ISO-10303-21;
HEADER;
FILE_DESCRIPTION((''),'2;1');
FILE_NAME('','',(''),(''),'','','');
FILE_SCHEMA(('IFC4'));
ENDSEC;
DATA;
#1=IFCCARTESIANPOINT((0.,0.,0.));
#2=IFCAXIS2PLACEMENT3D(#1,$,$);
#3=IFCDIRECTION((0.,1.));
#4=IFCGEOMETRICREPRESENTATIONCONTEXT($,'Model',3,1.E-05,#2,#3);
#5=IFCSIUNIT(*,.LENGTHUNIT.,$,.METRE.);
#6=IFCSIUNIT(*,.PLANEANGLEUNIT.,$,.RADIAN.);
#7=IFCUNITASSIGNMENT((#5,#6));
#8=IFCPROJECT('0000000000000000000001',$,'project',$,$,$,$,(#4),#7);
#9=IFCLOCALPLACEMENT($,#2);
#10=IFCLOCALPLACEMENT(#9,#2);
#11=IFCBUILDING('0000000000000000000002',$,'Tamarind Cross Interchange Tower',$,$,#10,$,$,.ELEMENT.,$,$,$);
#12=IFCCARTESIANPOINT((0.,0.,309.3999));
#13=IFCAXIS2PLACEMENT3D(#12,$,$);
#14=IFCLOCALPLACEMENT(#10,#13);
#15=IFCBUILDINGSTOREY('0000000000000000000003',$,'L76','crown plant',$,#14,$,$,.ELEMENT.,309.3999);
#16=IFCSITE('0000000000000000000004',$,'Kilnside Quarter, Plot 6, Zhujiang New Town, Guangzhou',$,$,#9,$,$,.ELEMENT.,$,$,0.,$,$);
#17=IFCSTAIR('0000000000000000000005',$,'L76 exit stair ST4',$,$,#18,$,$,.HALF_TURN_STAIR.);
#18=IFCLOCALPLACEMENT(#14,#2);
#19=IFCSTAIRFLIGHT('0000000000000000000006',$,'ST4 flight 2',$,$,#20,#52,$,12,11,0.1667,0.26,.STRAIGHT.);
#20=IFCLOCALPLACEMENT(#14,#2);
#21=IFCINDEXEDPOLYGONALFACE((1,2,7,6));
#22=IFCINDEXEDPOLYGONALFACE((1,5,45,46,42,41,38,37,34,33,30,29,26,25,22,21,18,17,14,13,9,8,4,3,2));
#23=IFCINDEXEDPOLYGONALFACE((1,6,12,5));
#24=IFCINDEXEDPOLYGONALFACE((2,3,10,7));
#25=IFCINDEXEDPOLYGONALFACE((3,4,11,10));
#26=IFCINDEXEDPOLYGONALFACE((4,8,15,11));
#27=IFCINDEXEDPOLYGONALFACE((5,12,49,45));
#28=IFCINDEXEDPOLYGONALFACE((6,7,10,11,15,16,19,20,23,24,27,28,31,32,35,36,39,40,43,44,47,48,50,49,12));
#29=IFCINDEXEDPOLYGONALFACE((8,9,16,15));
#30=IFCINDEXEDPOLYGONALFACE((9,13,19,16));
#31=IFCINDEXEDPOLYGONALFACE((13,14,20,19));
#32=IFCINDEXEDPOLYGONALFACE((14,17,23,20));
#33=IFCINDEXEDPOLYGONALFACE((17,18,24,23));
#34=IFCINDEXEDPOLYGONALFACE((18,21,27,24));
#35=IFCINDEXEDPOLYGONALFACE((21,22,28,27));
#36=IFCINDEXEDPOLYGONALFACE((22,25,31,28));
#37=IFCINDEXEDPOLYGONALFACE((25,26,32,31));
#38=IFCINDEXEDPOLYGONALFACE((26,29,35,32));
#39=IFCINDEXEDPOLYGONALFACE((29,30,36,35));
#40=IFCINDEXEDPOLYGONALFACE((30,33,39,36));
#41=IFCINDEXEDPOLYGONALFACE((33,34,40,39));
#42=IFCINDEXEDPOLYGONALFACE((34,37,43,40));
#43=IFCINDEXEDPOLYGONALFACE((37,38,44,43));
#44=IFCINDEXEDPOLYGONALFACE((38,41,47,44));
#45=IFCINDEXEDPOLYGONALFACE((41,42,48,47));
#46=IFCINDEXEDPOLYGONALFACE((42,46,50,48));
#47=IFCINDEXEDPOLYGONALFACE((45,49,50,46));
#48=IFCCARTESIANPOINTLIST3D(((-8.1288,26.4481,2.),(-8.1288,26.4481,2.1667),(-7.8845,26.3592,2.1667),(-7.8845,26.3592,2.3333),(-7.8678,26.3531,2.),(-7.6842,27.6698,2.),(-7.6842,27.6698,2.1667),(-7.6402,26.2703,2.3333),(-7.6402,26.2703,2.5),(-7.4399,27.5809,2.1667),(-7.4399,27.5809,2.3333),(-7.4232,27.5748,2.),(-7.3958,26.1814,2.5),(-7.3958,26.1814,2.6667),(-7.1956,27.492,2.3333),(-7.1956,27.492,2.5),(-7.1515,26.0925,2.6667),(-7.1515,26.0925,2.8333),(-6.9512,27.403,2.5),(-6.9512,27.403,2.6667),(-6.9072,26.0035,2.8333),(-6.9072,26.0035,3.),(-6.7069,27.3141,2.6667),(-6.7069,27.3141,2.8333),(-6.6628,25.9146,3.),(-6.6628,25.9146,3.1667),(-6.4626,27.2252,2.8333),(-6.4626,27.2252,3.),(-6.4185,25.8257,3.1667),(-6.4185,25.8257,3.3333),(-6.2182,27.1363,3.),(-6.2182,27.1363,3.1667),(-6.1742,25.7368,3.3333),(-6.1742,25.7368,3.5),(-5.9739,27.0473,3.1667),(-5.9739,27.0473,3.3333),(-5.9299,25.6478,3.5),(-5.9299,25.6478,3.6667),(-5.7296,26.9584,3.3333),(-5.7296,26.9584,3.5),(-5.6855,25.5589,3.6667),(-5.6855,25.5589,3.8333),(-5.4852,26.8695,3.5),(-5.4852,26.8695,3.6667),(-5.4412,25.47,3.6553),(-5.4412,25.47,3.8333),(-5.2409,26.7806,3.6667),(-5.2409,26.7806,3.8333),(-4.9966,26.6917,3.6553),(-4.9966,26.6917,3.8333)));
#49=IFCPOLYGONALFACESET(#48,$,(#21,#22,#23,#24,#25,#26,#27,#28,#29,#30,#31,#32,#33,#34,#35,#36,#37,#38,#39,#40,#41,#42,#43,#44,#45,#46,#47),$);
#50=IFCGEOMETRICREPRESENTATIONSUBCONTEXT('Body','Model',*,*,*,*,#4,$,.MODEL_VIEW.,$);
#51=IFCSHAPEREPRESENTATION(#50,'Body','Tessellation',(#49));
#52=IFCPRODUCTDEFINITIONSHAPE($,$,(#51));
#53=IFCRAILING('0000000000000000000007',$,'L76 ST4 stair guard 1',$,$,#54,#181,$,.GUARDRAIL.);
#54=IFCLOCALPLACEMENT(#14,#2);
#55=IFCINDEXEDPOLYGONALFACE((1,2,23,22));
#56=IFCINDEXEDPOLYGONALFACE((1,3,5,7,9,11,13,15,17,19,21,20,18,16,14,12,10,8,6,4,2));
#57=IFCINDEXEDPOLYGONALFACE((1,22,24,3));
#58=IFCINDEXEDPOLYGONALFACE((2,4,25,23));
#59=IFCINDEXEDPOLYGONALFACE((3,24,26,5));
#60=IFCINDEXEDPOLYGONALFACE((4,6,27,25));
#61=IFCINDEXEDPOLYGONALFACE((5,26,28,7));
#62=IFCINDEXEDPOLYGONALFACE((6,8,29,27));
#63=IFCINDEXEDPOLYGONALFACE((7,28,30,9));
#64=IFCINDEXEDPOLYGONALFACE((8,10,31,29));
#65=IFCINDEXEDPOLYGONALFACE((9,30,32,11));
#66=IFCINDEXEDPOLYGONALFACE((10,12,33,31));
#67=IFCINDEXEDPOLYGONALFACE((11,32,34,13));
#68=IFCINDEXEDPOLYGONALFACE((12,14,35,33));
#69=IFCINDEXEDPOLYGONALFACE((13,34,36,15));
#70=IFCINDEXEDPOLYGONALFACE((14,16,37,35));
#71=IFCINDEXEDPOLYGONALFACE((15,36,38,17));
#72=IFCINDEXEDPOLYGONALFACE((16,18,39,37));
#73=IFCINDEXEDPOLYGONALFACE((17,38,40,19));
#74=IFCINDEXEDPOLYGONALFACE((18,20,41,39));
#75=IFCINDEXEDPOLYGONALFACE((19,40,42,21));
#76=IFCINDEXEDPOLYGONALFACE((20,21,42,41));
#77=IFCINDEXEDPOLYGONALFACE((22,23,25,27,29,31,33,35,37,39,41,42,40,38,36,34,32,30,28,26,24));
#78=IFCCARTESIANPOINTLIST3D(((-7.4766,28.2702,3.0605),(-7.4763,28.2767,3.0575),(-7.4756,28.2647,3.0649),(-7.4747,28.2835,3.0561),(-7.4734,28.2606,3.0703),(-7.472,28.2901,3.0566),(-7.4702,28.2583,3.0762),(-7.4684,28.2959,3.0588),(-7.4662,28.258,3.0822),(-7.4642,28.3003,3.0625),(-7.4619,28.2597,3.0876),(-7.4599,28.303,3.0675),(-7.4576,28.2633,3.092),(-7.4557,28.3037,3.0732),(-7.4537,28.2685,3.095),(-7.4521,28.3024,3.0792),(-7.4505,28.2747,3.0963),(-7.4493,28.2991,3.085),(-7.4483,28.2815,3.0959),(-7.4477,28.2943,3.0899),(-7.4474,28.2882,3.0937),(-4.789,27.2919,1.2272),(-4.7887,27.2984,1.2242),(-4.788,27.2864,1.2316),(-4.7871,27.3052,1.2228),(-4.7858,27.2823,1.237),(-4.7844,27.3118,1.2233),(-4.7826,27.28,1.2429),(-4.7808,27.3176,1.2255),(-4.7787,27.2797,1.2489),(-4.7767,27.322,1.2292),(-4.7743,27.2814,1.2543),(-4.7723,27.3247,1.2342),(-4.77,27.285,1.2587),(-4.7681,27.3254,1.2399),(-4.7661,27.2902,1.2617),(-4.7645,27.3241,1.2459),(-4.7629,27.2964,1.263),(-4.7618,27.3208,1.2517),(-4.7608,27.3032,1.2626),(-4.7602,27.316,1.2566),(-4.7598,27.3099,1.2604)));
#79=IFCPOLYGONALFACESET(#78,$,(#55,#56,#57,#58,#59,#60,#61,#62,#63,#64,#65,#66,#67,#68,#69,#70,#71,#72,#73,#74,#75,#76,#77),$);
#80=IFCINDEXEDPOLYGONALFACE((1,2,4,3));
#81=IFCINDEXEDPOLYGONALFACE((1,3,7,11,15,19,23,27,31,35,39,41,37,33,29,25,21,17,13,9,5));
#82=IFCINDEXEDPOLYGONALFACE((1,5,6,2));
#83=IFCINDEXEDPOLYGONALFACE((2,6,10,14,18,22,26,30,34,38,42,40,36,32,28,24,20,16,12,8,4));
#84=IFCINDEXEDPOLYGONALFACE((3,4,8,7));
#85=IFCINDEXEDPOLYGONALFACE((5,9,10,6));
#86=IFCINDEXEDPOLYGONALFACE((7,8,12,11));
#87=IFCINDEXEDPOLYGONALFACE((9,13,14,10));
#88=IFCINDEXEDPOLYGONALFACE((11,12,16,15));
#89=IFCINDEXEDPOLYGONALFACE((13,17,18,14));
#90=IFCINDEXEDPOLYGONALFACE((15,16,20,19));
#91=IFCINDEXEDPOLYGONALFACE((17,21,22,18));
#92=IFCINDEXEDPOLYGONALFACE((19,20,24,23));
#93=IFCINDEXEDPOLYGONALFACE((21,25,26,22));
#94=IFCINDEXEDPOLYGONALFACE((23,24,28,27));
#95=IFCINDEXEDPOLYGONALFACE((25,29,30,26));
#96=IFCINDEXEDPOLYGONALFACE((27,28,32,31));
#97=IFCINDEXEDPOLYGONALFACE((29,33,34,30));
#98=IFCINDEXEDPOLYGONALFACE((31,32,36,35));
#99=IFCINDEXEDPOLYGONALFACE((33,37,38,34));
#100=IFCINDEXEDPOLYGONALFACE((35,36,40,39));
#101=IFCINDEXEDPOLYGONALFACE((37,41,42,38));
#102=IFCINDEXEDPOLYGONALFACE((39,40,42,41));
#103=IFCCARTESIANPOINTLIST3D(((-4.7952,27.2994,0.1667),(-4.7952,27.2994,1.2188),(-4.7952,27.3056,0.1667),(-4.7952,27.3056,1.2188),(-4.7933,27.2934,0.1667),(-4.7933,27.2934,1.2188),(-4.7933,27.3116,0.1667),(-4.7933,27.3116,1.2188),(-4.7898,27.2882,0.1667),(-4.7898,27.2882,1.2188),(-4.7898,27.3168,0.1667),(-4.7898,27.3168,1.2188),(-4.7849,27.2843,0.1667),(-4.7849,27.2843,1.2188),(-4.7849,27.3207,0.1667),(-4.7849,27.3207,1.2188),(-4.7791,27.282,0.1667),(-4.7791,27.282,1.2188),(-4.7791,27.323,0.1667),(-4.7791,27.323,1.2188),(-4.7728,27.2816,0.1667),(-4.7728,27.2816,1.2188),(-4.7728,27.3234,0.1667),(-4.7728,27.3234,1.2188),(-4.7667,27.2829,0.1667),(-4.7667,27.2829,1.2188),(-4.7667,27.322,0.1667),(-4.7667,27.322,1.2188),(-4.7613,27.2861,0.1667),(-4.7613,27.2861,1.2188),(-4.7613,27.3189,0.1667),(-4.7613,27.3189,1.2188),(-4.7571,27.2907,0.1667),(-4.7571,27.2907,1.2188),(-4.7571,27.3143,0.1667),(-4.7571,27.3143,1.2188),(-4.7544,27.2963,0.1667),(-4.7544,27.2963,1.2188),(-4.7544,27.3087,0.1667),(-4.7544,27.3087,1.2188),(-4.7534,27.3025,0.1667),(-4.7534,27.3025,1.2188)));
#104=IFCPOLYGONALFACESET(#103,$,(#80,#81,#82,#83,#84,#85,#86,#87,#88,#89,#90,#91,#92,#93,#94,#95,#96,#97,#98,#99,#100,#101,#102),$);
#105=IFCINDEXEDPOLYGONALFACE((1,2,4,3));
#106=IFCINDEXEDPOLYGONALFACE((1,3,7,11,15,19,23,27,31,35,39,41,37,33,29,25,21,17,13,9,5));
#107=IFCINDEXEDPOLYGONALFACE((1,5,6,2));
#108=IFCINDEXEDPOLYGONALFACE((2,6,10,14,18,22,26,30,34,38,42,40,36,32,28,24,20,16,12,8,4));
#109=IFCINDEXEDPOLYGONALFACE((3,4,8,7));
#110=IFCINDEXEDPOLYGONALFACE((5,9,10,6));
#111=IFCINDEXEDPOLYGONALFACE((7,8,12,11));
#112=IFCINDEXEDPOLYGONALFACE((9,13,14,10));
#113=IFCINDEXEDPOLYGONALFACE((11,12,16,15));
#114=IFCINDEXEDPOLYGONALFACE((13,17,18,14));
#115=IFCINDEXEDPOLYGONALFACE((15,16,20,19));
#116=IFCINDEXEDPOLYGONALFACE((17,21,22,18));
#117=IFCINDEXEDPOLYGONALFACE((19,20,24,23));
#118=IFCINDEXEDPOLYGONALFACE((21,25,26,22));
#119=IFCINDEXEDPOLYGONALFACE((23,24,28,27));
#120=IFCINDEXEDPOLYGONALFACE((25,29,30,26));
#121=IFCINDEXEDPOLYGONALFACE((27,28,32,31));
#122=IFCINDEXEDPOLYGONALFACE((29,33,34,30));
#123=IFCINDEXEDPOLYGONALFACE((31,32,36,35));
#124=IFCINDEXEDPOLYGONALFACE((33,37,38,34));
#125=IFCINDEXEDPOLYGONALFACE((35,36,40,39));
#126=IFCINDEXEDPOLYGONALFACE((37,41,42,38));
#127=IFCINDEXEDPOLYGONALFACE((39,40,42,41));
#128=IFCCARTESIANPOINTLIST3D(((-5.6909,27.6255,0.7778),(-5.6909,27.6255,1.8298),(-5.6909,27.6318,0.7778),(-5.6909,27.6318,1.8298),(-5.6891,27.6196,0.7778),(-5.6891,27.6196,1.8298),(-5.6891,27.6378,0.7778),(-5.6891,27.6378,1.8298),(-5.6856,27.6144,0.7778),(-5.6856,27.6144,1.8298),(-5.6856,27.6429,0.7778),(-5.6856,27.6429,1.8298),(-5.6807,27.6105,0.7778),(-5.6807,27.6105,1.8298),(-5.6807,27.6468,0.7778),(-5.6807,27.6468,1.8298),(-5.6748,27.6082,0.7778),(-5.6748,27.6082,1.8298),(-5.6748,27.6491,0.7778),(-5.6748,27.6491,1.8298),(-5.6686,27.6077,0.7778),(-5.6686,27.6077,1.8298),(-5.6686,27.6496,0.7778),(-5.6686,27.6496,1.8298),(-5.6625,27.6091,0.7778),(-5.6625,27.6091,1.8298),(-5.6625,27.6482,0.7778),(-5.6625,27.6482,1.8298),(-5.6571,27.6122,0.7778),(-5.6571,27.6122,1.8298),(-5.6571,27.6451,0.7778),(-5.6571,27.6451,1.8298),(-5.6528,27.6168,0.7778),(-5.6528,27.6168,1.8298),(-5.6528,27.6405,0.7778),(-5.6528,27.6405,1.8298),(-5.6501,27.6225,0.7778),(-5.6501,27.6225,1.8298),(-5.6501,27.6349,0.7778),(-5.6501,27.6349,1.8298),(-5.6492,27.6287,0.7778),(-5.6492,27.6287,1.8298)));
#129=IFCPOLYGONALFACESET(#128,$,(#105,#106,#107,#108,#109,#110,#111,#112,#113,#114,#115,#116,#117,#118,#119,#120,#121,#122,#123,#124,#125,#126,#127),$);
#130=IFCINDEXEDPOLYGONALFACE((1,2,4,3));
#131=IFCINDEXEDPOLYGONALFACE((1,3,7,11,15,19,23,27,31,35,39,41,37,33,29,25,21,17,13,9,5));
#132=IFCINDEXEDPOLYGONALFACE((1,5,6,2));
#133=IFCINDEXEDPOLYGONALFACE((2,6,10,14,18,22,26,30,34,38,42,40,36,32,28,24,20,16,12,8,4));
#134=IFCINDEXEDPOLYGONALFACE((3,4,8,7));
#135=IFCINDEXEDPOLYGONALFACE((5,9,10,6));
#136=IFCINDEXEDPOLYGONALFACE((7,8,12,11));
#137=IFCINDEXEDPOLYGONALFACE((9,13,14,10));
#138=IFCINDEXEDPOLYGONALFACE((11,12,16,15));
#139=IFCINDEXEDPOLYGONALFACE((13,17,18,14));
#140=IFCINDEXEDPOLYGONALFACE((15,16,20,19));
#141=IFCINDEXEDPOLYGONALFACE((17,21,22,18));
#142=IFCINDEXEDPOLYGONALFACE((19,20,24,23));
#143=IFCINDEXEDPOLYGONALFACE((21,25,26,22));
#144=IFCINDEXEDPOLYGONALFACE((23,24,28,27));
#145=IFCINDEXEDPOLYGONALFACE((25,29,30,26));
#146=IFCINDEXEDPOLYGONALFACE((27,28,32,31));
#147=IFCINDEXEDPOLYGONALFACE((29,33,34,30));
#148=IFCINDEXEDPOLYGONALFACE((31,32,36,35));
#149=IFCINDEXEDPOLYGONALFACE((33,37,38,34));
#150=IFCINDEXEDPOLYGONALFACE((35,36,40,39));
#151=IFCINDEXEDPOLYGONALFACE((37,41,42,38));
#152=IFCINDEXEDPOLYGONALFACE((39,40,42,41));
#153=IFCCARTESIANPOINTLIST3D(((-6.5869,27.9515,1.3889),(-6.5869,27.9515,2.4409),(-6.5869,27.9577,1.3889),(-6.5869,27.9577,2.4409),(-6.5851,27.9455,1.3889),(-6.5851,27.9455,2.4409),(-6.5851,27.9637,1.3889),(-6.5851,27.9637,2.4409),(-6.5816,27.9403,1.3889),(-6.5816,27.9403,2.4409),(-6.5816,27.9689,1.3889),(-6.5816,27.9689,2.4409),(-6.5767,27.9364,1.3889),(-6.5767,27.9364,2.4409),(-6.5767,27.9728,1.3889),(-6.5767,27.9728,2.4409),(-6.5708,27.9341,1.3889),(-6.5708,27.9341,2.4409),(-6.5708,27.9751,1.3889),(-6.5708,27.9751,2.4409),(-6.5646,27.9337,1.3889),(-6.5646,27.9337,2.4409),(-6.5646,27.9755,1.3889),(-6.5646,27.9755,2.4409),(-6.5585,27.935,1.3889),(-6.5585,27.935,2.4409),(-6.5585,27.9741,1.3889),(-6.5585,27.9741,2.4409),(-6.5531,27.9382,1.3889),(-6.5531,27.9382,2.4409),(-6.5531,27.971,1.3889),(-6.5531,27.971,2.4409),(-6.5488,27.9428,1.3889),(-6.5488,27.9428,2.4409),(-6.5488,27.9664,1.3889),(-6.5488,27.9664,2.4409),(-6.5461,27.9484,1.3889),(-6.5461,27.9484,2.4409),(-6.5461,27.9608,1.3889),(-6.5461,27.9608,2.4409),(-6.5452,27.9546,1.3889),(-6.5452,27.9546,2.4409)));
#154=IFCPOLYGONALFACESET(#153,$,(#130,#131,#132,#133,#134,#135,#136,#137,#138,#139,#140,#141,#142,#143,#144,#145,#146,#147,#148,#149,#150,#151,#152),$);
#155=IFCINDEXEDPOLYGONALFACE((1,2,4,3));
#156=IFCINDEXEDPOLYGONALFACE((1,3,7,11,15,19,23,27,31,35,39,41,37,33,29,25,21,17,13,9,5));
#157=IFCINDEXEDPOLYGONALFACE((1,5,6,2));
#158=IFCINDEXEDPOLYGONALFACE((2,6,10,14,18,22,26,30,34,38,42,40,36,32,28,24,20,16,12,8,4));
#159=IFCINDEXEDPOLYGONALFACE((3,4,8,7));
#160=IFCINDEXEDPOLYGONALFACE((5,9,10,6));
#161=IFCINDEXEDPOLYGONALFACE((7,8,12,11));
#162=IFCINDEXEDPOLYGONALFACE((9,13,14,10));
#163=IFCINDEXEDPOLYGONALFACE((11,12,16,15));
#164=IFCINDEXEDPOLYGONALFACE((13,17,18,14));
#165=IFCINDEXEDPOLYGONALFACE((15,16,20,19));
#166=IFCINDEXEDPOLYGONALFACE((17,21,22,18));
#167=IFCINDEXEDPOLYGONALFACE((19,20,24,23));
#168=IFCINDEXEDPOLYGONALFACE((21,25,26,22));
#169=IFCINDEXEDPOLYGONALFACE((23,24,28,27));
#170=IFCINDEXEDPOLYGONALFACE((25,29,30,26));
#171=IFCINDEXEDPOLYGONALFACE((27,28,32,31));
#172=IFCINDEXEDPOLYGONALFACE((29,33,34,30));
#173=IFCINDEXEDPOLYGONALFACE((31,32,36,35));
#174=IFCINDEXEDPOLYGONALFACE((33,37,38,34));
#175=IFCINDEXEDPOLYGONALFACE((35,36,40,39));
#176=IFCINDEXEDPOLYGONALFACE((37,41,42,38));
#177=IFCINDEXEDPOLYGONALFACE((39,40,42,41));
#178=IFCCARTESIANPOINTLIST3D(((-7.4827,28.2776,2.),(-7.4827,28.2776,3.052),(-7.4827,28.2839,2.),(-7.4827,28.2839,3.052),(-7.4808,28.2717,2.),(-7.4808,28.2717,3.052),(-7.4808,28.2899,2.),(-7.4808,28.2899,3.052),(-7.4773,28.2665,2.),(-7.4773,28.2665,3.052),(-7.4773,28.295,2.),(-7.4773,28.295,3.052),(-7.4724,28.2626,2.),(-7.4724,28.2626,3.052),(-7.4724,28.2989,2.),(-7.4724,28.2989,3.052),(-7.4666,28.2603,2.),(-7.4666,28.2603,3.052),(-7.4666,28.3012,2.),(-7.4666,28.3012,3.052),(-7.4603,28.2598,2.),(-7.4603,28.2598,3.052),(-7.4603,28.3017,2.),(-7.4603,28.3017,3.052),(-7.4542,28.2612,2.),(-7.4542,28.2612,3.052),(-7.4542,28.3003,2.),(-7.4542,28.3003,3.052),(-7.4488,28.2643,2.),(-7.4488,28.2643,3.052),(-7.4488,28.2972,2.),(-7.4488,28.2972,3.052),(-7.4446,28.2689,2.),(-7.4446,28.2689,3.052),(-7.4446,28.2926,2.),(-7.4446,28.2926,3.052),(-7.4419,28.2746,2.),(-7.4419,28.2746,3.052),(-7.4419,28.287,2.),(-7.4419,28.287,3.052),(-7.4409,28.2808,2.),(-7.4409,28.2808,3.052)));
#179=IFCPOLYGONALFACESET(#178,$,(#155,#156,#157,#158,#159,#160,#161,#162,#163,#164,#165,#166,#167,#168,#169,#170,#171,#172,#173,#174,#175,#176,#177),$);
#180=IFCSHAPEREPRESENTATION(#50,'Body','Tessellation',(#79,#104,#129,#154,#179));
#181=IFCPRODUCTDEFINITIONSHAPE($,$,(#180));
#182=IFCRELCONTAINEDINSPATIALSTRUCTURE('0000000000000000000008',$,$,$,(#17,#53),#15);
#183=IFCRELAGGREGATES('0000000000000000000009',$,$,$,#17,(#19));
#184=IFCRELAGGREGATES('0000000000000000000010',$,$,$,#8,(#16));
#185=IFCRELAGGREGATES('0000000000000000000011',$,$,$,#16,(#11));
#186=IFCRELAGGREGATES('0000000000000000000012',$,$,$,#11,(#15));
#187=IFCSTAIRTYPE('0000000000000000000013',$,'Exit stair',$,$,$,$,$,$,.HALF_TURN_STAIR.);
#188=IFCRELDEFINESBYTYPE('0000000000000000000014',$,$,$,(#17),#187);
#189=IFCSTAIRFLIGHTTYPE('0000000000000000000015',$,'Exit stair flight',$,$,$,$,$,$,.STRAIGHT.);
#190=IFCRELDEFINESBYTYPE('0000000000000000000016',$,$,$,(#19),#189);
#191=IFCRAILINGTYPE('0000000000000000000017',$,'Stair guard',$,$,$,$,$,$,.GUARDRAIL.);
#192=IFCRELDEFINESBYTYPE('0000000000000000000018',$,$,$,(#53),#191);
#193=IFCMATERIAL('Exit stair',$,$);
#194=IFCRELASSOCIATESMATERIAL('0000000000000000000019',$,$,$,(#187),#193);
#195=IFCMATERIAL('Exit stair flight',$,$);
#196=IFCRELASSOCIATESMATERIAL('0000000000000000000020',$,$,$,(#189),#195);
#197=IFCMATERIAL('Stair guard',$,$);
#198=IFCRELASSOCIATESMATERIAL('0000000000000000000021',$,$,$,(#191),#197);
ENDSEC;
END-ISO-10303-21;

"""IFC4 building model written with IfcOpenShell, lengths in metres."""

from ifc_helpers import new_model, si_unit, direction, frame, origin, origin_2d, place, context, subcontext, project, spatial, polyline, circle, outline, extrude, material, type_object, element, aggregate, save


model = new_model("IFC4")

# Units and contexts
model_context = context("Model", 3, precision=1e-05, world=origin(), true_north=direction((0.0, 1.0)))
body_context = subcontext(model_context, "Body", "Model", "MODEL_VIEW")
ifc_project = project(units=[si_unit("LENGTHUNIT", "METRE"), si_unit("PLANEANGLEUNIT", "RADIAN")], contexts=[model_context])

# Site, building, storey
site_placement = place(None, origin())
site = spatial("IfcSite", under=ifc_project, at=site_placement, Name="Kilnside Quarter, Plot 6, Zhujiang New Town, Guangzhou", CompositionType="ELEMENT", RefElevation=0.0)
building_placement = place(site_placement, origin())
building = spatial("IfcBuilding", under=site, at=building_placement, Name="Tamarind Cross Interchange Tower", CompositionType="ELEMENT")
storey_placement = place(building_placement, frame((0.0, 0.0, 309.3999)))
storey = spatial("IfcBuildingStorey", under=building, at=storey_placement, Name="L76", Description="crown plant", CompositionType="ELEMENT", Elevation=309.3999)

# Stair, stair flight
ifc_material_1 = material(Name="Exit stair")
stair_type = type_object("IfcStairType", Name="Exit stair", PredefinedType="HALF_TURN_STAIR", material=ifc_material_1)
stair_placement = place(storey_placement, origin())
stair = element("IfcStair", 1, at=stair_placement, inside=storey, type_object=stair_type, Name="L76 exit stair ST4", PredefinedType="HALF_TURN_STAIR")
ifc_material_2 = material(Name="Exit stair flight")
stair_flight_type = type_object("IfcStairFlightType", Name="Exit stair flight", PredefinedType="STRAIGHT", material=ifc_material_2)
stair_flight_1_placement = place(storey_placement, frame((-7.9065, 27.0591, 2.0), z_axis=(0.0, 0.0, 1.0), x_axis=(0.939702, -0.341994, 0.0)))
stair_flight_1 = element("IfcStairFlight", 2, at=stair_flight_1_placement, type_object=stair_flight_type, Name="ST4 flight 2", NumberOfRisers=12, NumberOfTreads=11, PredefinedType="STRAIGHT", RiserHeight=0.1667, TreadLength=0.26, context=body_context, shape_type="SweptSolid", body=[
    extrude(outline(polyline([(0.0, 0.0), (0.0, 0.1667), (0.26, 0.1667), (0.26, 0.3333), (0.52, 0.3333), (0.52, 0.5), (0.78, 0.5), (0.78, 0.6667), (1.04, 0.6667), (1.04, 0.8333), (1.3, 0.8333), (1.3, 1.0), (1.5601, 1.0), (1.5601, 1.1667), (1.8201, 1.1667), (1.8201, 1.3333), (2.0801, 1.3333), (2.0801, 1.5), (2.3401, 1.5), (2.3401, 1.6667), (2.6001, 1.6667), (2.6001, 1.8333), (2.8601, 1.8333), (2.8601, 2.0), (2.8601, 1.6553), (0.2778, 0.0), (0.0, 0.0)])), frame((0.0, 0.6499, 0.0), z_axis=(0.0, -1.0, 0.0), x_axis=(1.0, 0.0, 0.0)), (0.0, 0.0, 1.0), 1.3),
])
aggregate(stair, [stair_flight_1])

# Railing
ifc_material_3 = material(Name="Stair guard")
railing_type_1 = type_object("IfcRailingType", Name="Stair guard", PredefinedType="GUARDRAIL", material=ifc_material_3)
railing_1_placement = place(storey_placement, frame((-4.7744, 27.3025, 0.1667)))
element("IfcRailing", 3, at=railing_1_placement, inside=storey, type_object=railing_type_1, Name="L76 ST4 stair guard 1", PredefinedType="GUARDRAIL", context=body_context, shape_type="SweptSolid", body=[
    extrude(circle(Radius=0.0239, at=origin_2d()), frame((0.0, 0.0, 1.0762), z_axis=(-0.791109, 0.28797, 0.539647), x_axis=(-0.342051, -0.939681, 0.0)), (0.0, 0.0, 1.0), 3.3972),
    extrude(circle(Radius=0.021, at=origin_2d()), origin(), (0.0, 0.0, 1.0), 1.052),
    extrude(circle(Radius=0.021, at=origin_2d()), frame((-0.8958, 0.3262, 0.6111)), (0.0, 0.0, 1.0), 1.052),
    extrude(circle(Radius=0.021, at=origin_2d()), frame((-1.7917, 0.6521, 1.2222)), (0.0, 0.0, 1.0), 1.052),
    extrude(circle(Radius=0.021, at=origin_2d()), frame((-2.6875, 0.9783, 1.8333)), (0.0, 0.0, 1.0), 1.052),
])

save(model, "model.ifc")
